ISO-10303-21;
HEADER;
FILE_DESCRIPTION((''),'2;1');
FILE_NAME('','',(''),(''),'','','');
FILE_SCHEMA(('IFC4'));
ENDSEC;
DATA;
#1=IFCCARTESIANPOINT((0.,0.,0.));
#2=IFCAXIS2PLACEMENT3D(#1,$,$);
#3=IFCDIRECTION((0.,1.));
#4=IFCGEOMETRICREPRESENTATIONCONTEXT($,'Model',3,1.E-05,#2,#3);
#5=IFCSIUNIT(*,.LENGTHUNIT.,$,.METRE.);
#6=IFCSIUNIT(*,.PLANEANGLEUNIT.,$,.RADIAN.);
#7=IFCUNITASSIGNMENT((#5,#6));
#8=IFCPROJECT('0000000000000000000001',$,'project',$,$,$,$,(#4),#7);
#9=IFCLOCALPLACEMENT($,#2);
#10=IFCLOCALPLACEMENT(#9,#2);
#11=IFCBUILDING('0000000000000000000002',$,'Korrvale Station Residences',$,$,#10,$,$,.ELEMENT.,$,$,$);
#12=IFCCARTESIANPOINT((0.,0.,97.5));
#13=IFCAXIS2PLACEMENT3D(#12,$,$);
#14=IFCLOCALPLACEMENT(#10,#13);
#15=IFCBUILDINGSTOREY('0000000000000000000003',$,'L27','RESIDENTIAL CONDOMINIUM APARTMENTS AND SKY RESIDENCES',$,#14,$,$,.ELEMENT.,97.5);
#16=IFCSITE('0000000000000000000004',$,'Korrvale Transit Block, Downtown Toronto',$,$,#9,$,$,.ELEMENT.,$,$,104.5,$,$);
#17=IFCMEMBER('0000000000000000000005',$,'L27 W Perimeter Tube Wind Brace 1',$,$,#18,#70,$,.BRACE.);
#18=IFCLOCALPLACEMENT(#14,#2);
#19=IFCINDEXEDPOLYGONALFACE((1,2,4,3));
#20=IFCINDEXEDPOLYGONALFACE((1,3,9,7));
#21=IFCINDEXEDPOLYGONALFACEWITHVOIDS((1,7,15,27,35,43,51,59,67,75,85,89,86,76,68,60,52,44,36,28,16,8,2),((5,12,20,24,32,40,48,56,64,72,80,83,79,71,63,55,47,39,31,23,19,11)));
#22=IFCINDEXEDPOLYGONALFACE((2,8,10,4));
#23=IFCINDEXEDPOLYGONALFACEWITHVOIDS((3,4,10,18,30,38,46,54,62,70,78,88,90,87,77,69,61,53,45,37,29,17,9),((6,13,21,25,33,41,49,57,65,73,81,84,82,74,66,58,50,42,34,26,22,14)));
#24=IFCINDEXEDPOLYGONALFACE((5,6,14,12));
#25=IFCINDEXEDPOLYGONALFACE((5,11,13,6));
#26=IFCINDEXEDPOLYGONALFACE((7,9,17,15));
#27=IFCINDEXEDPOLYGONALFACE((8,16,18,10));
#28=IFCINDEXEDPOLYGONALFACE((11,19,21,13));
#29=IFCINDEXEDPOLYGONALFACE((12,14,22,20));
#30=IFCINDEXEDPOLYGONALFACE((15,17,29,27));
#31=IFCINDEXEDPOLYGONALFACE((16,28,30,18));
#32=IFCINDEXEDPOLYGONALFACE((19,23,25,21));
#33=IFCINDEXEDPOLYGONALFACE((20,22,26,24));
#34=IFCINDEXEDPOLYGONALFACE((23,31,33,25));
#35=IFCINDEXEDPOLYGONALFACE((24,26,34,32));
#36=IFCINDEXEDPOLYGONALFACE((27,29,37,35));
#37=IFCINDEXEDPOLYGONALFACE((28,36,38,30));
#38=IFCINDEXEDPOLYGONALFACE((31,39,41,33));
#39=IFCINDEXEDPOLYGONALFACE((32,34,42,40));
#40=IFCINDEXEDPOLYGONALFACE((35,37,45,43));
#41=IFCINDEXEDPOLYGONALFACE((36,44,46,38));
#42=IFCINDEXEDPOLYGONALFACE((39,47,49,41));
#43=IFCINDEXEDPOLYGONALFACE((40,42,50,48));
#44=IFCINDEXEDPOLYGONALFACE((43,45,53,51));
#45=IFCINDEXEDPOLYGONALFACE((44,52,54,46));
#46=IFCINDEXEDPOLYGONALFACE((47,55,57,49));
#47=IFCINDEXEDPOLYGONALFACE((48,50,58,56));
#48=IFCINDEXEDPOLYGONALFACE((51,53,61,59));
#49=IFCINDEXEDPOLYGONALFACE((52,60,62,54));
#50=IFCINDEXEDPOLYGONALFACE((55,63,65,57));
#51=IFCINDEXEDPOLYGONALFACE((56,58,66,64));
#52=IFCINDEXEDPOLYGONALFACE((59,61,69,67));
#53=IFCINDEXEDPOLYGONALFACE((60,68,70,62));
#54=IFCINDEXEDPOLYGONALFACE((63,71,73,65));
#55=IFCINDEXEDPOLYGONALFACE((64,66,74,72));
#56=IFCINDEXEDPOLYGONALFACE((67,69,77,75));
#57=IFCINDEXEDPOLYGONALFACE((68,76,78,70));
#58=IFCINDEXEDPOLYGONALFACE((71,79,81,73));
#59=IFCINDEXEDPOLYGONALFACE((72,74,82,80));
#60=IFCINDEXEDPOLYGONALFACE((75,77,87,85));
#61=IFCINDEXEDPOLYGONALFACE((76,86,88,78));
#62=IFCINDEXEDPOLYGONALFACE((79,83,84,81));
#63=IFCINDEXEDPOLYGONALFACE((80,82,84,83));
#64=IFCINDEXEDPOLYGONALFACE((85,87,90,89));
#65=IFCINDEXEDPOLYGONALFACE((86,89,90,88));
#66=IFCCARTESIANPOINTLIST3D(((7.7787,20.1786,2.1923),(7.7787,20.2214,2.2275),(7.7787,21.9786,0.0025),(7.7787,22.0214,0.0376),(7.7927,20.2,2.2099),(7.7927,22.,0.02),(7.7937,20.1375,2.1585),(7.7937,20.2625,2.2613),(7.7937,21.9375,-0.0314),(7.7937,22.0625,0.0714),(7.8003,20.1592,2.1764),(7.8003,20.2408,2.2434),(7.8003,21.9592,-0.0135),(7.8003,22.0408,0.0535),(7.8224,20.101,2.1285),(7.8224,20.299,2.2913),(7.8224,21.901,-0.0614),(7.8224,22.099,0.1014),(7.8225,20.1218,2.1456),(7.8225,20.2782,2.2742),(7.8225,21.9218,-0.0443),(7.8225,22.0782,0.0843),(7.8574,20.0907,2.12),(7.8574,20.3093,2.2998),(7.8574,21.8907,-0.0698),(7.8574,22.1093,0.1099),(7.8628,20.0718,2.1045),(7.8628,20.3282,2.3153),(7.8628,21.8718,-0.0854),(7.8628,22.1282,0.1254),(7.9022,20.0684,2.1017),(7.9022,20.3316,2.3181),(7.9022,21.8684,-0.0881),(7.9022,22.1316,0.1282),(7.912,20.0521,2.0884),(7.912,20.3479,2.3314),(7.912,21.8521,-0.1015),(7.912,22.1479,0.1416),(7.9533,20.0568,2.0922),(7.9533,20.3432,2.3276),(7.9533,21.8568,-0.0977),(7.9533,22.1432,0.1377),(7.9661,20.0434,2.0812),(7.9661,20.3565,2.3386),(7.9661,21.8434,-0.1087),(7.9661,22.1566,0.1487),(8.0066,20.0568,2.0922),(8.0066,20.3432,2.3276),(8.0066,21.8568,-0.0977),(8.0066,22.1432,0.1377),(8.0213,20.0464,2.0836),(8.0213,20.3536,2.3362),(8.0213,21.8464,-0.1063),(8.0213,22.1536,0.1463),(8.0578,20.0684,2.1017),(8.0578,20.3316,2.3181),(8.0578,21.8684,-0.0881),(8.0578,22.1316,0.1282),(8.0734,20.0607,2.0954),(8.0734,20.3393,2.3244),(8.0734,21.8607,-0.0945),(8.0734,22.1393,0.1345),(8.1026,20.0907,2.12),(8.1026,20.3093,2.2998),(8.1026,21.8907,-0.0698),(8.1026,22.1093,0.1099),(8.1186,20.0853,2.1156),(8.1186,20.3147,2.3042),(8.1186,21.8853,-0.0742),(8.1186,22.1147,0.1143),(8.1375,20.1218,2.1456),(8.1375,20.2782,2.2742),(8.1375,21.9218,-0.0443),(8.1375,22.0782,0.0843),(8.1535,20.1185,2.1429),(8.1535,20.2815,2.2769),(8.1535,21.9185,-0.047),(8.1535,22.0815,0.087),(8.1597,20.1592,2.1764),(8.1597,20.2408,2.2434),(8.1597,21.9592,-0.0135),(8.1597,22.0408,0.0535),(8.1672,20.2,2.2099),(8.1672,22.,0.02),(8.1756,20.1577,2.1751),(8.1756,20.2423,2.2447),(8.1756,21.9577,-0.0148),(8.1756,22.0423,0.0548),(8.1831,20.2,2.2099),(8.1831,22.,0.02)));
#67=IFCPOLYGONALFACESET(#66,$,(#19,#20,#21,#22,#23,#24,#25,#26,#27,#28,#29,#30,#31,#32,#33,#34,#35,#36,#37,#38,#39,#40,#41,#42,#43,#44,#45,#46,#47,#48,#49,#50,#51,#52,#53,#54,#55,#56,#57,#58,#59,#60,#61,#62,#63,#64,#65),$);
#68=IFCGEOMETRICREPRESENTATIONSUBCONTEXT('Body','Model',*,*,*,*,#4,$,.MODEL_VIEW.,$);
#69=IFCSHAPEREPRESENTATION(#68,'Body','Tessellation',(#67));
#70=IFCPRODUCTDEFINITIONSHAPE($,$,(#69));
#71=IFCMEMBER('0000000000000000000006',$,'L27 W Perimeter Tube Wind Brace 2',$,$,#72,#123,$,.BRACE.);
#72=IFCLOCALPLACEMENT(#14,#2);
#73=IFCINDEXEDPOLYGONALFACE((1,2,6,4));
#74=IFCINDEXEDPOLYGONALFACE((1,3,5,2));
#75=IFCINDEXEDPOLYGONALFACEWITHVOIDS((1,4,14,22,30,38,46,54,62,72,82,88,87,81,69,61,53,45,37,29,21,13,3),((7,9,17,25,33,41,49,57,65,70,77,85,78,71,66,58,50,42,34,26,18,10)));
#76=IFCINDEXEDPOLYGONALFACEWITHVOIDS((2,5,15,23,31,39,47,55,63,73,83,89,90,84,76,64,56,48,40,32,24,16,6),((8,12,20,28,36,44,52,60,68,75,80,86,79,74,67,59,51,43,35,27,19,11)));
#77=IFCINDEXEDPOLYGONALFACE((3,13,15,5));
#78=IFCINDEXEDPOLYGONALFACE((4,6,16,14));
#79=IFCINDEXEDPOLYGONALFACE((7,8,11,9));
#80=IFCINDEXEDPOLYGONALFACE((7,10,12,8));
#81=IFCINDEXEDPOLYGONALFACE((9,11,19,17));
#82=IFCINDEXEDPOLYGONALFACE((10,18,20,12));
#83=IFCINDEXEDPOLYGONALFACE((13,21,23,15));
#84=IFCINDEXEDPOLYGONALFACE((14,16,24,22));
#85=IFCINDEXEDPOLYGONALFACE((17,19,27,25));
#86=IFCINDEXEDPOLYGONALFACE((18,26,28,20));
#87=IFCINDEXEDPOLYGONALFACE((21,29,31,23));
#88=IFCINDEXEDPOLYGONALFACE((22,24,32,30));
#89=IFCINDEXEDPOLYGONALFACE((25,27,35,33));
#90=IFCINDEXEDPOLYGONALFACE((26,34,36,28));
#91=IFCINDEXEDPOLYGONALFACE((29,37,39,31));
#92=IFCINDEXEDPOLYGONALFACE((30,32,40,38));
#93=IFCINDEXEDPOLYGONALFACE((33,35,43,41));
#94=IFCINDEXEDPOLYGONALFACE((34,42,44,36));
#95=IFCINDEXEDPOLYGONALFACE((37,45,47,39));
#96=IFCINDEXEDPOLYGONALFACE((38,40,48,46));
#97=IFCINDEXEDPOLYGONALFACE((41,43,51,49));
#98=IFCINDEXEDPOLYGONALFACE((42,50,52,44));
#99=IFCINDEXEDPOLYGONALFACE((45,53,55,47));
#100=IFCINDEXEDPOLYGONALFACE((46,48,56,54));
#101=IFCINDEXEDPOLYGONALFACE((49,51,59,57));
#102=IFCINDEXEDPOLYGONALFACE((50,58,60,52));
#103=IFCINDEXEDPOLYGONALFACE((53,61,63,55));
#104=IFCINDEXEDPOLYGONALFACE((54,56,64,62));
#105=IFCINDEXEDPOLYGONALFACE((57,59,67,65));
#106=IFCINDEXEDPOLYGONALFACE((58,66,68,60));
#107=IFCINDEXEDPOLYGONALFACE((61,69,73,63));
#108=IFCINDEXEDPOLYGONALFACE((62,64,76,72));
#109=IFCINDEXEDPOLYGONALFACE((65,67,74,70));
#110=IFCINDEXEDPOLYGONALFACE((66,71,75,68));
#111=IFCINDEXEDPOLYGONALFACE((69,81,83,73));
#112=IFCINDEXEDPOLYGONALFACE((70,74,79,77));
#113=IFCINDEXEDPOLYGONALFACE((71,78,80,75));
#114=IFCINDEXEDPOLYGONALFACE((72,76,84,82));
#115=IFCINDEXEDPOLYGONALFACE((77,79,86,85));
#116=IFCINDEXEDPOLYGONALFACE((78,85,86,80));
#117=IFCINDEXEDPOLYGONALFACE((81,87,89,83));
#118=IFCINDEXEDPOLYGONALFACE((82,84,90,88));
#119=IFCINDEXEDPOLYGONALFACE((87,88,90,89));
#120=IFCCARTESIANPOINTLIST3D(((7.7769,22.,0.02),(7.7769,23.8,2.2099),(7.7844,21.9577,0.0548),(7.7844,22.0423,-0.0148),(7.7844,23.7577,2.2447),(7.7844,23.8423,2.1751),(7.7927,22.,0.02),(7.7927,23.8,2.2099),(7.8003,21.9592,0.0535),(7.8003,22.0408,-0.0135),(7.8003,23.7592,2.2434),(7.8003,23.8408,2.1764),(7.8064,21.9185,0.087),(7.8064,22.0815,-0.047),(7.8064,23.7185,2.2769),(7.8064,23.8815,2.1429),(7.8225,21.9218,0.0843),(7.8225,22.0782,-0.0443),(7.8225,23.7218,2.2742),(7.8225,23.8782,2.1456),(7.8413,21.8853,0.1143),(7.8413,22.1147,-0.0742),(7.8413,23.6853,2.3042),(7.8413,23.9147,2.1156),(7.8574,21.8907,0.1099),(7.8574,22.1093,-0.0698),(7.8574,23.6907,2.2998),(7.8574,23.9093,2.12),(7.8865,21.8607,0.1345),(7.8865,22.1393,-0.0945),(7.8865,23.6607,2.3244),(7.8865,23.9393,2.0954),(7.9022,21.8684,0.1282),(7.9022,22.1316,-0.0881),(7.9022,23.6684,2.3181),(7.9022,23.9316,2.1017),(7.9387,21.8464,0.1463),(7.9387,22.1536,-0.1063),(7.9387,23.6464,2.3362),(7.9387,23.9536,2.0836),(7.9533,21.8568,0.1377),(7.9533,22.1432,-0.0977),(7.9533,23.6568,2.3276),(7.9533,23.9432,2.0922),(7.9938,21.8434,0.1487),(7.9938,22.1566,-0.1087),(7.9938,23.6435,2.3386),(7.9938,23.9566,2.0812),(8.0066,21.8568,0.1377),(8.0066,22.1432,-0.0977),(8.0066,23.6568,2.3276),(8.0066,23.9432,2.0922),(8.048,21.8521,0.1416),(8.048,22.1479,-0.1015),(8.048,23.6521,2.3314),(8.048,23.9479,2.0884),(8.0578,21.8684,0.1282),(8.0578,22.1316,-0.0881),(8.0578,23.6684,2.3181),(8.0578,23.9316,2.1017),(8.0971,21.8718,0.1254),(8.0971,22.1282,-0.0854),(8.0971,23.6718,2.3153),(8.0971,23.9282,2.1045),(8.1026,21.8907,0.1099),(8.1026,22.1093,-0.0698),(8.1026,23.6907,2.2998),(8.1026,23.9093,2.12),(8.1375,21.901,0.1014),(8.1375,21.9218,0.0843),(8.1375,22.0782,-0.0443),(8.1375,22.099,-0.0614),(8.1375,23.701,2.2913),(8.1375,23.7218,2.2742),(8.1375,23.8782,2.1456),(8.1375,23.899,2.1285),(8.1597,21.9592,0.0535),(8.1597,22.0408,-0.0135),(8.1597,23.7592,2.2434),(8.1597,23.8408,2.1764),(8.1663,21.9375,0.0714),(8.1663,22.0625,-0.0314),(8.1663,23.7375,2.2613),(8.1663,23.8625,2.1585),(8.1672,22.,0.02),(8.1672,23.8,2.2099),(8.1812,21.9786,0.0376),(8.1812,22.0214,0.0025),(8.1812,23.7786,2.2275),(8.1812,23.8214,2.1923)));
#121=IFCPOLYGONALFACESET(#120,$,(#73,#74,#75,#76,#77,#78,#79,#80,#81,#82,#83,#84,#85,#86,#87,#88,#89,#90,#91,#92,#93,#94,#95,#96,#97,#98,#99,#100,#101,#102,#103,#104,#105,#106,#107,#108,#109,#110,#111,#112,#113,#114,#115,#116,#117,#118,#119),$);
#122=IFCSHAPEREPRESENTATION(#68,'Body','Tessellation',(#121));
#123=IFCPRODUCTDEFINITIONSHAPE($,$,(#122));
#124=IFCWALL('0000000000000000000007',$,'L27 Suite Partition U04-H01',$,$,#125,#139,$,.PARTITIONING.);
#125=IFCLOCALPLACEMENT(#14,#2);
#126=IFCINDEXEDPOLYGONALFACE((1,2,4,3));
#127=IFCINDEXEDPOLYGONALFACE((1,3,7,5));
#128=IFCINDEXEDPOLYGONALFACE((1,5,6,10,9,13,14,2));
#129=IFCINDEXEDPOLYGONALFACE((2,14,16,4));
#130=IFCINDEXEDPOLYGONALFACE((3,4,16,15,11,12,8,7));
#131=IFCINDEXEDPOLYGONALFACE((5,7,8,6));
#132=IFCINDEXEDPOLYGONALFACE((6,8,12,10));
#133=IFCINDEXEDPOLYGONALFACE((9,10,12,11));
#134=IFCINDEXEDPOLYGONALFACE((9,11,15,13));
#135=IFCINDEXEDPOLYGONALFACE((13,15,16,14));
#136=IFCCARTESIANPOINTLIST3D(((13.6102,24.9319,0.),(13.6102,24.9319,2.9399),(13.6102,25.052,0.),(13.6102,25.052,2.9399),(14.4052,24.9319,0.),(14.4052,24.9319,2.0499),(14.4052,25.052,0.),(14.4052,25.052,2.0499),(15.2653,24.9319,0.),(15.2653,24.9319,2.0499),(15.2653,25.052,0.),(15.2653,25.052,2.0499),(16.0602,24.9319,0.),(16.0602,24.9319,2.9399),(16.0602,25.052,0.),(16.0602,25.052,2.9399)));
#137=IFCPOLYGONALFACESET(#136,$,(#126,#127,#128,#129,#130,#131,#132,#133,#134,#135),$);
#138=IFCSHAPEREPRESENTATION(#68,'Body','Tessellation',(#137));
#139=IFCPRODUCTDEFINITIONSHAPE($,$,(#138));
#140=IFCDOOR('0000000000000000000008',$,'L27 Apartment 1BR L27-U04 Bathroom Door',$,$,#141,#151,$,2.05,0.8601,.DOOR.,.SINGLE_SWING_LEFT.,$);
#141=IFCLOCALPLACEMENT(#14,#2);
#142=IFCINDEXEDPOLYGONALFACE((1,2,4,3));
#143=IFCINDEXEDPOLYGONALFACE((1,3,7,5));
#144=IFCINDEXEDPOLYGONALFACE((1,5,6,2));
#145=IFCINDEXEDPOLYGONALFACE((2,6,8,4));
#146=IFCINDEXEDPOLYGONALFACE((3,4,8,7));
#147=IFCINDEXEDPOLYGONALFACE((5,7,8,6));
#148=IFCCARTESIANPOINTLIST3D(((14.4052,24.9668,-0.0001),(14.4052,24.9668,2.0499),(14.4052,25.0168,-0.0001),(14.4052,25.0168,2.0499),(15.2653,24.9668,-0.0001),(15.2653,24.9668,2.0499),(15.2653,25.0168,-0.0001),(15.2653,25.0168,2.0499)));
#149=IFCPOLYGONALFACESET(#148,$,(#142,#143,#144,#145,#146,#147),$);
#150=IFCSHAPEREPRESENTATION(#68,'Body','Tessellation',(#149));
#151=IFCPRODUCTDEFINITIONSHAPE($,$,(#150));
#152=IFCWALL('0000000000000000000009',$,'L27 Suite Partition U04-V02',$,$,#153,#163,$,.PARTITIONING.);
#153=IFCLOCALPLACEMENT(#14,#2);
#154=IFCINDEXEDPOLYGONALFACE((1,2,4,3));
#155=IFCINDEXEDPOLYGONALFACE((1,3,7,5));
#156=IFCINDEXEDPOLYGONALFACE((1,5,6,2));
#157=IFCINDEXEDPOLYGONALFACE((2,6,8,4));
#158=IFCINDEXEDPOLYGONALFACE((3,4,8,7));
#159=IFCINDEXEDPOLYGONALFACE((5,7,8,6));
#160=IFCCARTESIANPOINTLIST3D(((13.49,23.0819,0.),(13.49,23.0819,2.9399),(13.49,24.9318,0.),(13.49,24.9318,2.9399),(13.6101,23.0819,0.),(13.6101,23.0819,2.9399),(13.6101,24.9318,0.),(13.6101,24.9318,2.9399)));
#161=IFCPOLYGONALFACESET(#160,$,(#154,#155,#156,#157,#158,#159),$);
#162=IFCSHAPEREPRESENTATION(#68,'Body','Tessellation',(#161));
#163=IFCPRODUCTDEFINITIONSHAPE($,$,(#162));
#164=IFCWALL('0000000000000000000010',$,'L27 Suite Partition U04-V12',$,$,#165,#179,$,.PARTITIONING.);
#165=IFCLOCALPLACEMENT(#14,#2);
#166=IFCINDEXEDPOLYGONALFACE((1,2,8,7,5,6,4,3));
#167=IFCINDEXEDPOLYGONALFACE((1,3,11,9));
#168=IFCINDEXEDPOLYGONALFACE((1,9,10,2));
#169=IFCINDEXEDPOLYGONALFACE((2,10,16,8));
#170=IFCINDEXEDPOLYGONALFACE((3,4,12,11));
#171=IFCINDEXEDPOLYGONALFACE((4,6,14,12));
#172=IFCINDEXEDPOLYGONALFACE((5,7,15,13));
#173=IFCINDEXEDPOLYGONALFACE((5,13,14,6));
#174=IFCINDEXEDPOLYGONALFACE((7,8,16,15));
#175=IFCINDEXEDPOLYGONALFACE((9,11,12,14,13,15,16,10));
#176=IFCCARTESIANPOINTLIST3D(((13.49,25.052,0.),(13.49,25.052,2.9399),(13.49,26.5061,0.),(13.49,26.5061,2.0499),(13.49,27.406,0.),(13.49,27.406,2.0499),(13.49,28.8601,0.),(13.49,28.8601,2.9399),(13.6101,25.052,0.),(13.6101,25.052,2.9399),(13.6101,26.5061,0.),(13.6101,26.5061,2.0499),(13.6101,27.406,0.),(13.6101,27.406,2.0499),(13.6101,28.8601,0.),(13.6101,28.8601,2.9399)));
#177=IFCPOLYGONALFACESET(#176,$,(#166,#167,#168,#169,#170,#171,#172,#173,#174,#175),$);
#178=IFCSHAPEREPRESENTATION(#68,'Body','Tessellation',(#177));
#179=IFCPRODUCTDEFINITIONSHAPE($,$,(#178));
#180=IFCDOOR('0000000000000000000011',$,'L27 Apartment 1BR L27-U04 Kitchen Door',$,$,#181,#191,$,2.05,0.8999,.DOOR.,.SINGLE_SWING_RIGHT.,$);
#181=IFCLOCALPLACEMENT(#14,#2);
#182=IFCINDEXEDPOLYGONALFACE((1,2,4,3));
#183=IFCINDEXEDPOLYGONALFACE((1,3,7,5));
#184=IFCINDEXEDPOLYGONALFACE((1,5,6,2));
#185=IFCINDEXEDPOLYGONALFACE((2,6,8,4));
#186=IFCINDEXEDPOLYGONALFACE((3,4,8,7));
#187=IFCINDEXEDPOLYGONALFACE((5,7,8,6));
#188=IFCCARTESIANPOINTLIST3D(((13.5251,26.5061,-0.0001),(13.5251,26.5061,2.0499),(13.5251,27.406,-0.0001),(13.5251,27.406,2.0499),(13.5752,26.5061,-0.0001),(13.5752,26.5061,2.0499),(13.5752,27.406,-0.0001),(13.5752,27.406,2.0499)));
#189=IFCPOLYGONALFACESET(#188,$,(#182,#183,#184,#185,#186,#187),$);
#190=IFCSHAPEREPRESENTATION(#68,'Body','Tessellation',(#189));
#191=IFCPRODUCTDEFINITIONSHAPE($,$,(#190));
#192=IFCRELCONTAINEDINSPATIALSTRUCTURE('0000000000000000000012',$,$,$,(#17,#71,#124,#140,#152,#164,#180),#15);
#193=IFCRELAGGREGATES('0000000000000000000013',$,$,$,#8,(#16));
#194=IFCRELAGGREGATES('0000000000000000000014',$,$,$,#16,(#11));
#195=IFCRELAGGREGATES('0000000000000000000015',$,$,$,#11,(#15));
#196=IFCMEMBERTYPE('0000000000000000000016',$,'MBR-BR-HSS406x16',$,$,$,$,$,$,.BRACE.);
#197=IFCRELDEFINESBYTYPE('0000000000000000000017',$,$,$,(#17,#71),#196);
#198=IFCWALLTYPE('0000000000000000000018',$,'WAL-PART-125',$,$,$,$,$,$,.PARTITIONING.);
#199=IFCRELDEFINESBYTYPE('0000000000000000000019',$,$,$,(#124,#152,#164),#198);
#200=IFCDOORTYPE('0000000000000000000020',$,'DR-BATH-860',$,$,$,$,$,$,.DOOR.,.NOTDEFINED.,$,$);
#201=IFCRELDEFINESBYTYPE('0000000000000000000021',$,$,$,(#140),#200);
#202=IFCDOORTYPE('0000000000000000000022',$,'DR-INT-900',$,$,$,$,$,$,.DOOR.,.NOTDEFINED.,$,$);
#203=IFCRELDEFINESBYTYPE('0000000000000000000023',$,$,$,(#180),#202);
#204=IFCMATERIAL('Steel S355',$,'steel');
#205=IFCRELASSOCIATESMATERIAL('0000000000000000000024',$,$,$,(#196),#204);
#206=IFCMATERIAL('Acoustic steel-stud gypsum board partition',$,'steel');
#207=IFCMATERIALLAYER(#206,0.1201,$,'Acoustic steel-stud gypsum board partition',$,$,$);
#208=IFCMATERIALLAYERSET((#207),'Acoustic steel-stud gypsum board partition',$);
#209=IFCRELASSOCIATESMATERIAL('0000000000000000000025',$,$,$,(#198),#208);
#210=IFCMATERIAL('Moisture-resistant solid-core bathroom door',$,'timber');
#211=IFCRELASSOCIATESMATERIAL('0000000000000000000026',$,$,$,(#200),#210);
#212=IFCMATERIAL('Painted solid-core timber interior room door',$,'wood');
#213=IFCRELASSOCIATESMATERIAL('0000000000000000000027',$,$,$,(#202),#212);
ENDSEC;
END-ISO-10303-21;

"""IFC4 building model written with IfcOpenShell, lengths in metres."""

from ifc_helpers import new_model, si_unit, direction, frame, frame_2d, origin, origin_2d, place, context, subcontext, project, spatial, rectangle, hollow_circle, extrude, material, layer, layer_set, material_profile, profile_set, type_object, element, fill, save


model = new_model("IFC4")

# Units and contexts
model_context = context("Model", 3, precision=1e-05, world=origin(), true_north=direction((0.0, 1.0)))
body_context = subcontext(model_context, "Body", "Model", "MODEL_VIEW")
ifc_project = project(units=[si_unit("LENGTHUNIT", "METRE"), si_unit("PLANEANGLEUNIT", "RADIAN")], contexts=[model_context])

# Site, building, storey
site_placement = place(None, origin())
site = spatial("IfcSite", under=ifc_project, at=site_placement, Name="Korrvale Transit Block, Downtown Toronto", CompositionType="ELEMENT", RefElevation=104.5)
building_placement = place(site_placement, origin())
building = spatial("IfcBuilding", under=site, at=building_placement, Name="Korrvale Station Residences", CompositionType="ELEMENT")
storey_placement = place(building_placement, frame((0.0, 0.0, 97.5)))
storey = spatial("IfcBuildingStorey", under=building, at=storey_placement, Name="L27", Description="RESIDENTIAL CONDOMINIUM APARTMENTS AND SKY RESIDENCES", CompositionType="ELEMENT", Elevation=97.5)

# Shared definitions
ifc_material_1 = material(Name="Steel S355", Category="steel")

# Members
ifc_material_profile_1 = material_profile(ifc_material_1, hollow_circle(Radius=0.2031, WallThickness=0.0159, at=origin_2d()), Name="HSS406x16")
ifc_profile_set_1 = profile_set([ifc_material_profile_1], Name="Steel S355")
member_type = type_object("IfcMemberType", Name="MBR-BR-HSS406x16", PredefinedType="BRACE", material=ifc_profile_set_1)
for number, where, z_axis, x_axis, name in (
    (1, (7.98, 22.0, 0.02), (0.0, -0.634985, 0.772524), (1.0, 0.0, 0.0), "L27 W Perimeter Tube Wind Brace 1"),
    (2, (7.98, 22.0, 0.02), (0.0, 0.634985, 0.772524), (-1.0, 0.0, 0.0), "L27 W Perimeter Tube Wind Brace 2"),
):
    element("IfcMember", number, at=place(storey_placement, frame(where, z_axis=z_axis, x_axis=x_axis)), inside=storey, type_object=member_type, Name=name, PredefinedType="BRACE", context=body_context, shape_type="SweptSolid", body=[
        extrude(hollow_circle(Radius=0.2031, WallThickness=0.0159, at=origin_2d()), origin(), (0.0, 0.0, 1.0), 2.8347),
    ])

# Wall, opening, door
ifc_material_2 = material(Name="Acoustic steel-stud gypsum board partition", Category="steel")
ifc_layer_1 = layer(ifc_material_2, 0.1201, Name="Acoustic steel-stud gypsum board partition")
ifc_layer_set_1 = layer_set([ifc_layer_1], Name="Acoustic steel-stud gypsum board partition")
wall_type_1 = type_object("IfcWallType", Name="WAL-PART-125", PredefinedType="PARTITIONING", material=ifc_layer_set_1)
wall_1_placement = place(storey_placement, frame((13.6101, 24.9919, 0.0), z_axis=(0.0, 0.0, 1.0), x_axis=(1.0, 0.0, 0.0)))
wall_1 = element("IfcWall", 3, at=wall_1_placement, inside=storey, type_object=wall_type_1, Name="L27 Suite Partition U04-H01", PredefinedType="PARTITIONING", context=body_context, shape_type="SweptSolid", body=[
    extrude(rectangle(XDim=2.45, YDim=0.1201, at=frame_2d((1.2251, 0.0))), origin(), (0.0, 0.0, 1.0), 2.9399),
])
opening_1_placement = place(wall_1_placement, frame((0.7949, 0.0, 0.0)))
opening_1 = element("IfcOpeningElement", 4, at=opening_1_placement, cuts=wall_1, PredefinedType="OPENING", context=body_context, shape_type="SweptSolid", body=[
    extrude(rectangle(XDim=0.8601, YDim=2.05, at=frame_2d((0.4302, 1.0249))), frame((0.0, 0.0701, 0.0), z_axis=(0.0, -1.0, 0.0), x_axis=(1.0, 0.0, 0.0)), (0.0, 0.0, 1.0), 0.1401),
])
ifc_material_3 = material(Name="Moisture-resistant solid-core bathroom door", Category="timber")
door_type_1 = type_object("IfcDoorType", Name="DR-BATH-860", OperationType="NOTDEFINED", PredefinedType="DOOR", material=ifc_material_3)
door_1_placement = place(opening_1_placement, origin())
door_1 = element("IfcDoor", 5, at=door_1_placement, inside=storey, type_object=door_type_1, Name="L27 Apartment 1BR L27-U04 Bathroom Door", OperationType="SINGLE_SWING_LEFT", OverallHeight=2.05, OverallWidth=0.8601, PredefinedType="DOOR", context=body_context, shape_type="SweptSolid", body=[
    extrude(rectangle(XDim=0.8601, YDim=2.05, at=frame_2d((0.4302, 1.0249))), frame((0.0, 0.0249, 0.0), z_axis=(0.0, -1.0, 0.0), x_axis=(1.0, 0.0, 0.0)), (0.0, 0.0, 1.0), 0.05),
])
fill(opening_1, door_1)

# Wall
wall_2_placement = place(storey_placement, frame((13.55, 23.082, 0.0), z_axis=(0.0, 0.0, 1.0), x_axis=(0.0, 1.0, 0.0)))
element("IfcWall", 6, at=wall_2_placement, inside=storey, type_object=wall_type_1, Name="L27 Suite Partition U04-V02", PredefinedType="PARTITIONING", context=body_context, shape_type="SweptSolid", body=[
    extrude(rectangle(XDim=1.8499, YDim=0.1201, at=frame_2d((0.9248, 0.0))), origin(), (0.0, 0.0, 1.0), 2.9399),
])

# Wall, opening, door
wall_3_placement = place(storey_placement, frame((13.55, 25.052, 0.0), z_axis=(0.0, 0.0, 1.0), x_axis=(0.0, 1.0, 0.0)))
wall_3 = element("IfcWall", 7, at=wall_3_placement, inside=storey, type_object=wall_type_1, Name="L27 Suite Partition U04-V12", PredefinedType="PARTITIONING", context=body_context, shape_type="SweptSolid", body=[
    extrude(rectangle(XDim=3.8081, YDim=0.1201, at=frame_2d((1.9041, 0.0))), origin(), (0.0, 0.0, 1.0), 2.9399),
])
opening_2_placement = place(wall_3_placement, frame((1.4541, 0.0, 0.0)))
opening_2 = element("IfcOpeningElement", 8, at=opening_2_placement, cuts=wall_3, PredefinedType="OPENING", context=body_context, shape_type="SweptSolid", body=[
    extrude(rectangle(XDim=0.8999, YDim=2.05, at=frame_2d((0.45, 1.0249))), frame((0.0, 0.0701, 0.0), z_axis=(0.0, -1.0, 0.0), x_axis=(1.0, 0.0, 0.0)), (0.0, 0.0, 1.0), 0.1401),
])
ifc_material_4 = material(Name="Painted solid-core timber interior room door", Category="wood")
door_type_2 = type_object("IfcDoorType", Name="DR-INT-900", OperationType="NOTDEFINED", PredefinedType="DOOR", material=ifc_material_4)
door_2_placement = place(opening_2_placement, origin())
door_2 = element("IfcDoor", 9, at=door_2_placement, inside=storey, type_object=door_type_2, Name="L27 Apartment 1BR L27-U04 Kitchen Door", OperationType="SINGLE_SWING_RIGHT", OverallHeight=2.05, OverallWidth=0.8999, PredefinedType="DOOR", context=body_context, shape_type="SweptSolid", body=[
    extrude(rectangle(XDim=0.8999, YDim=2.05, at=frame_2d((0.45, 1.0249))), frame((0.0, 0.0249, 0.0), z_axis=(0.0, -1.0, 0.0), x_axis=(1.0, 0.0, 0.0)), (0.0, 0.0, 1.0), 0.05),
])
fill(opening_2, door_2)

save(model, "model.ifc")
